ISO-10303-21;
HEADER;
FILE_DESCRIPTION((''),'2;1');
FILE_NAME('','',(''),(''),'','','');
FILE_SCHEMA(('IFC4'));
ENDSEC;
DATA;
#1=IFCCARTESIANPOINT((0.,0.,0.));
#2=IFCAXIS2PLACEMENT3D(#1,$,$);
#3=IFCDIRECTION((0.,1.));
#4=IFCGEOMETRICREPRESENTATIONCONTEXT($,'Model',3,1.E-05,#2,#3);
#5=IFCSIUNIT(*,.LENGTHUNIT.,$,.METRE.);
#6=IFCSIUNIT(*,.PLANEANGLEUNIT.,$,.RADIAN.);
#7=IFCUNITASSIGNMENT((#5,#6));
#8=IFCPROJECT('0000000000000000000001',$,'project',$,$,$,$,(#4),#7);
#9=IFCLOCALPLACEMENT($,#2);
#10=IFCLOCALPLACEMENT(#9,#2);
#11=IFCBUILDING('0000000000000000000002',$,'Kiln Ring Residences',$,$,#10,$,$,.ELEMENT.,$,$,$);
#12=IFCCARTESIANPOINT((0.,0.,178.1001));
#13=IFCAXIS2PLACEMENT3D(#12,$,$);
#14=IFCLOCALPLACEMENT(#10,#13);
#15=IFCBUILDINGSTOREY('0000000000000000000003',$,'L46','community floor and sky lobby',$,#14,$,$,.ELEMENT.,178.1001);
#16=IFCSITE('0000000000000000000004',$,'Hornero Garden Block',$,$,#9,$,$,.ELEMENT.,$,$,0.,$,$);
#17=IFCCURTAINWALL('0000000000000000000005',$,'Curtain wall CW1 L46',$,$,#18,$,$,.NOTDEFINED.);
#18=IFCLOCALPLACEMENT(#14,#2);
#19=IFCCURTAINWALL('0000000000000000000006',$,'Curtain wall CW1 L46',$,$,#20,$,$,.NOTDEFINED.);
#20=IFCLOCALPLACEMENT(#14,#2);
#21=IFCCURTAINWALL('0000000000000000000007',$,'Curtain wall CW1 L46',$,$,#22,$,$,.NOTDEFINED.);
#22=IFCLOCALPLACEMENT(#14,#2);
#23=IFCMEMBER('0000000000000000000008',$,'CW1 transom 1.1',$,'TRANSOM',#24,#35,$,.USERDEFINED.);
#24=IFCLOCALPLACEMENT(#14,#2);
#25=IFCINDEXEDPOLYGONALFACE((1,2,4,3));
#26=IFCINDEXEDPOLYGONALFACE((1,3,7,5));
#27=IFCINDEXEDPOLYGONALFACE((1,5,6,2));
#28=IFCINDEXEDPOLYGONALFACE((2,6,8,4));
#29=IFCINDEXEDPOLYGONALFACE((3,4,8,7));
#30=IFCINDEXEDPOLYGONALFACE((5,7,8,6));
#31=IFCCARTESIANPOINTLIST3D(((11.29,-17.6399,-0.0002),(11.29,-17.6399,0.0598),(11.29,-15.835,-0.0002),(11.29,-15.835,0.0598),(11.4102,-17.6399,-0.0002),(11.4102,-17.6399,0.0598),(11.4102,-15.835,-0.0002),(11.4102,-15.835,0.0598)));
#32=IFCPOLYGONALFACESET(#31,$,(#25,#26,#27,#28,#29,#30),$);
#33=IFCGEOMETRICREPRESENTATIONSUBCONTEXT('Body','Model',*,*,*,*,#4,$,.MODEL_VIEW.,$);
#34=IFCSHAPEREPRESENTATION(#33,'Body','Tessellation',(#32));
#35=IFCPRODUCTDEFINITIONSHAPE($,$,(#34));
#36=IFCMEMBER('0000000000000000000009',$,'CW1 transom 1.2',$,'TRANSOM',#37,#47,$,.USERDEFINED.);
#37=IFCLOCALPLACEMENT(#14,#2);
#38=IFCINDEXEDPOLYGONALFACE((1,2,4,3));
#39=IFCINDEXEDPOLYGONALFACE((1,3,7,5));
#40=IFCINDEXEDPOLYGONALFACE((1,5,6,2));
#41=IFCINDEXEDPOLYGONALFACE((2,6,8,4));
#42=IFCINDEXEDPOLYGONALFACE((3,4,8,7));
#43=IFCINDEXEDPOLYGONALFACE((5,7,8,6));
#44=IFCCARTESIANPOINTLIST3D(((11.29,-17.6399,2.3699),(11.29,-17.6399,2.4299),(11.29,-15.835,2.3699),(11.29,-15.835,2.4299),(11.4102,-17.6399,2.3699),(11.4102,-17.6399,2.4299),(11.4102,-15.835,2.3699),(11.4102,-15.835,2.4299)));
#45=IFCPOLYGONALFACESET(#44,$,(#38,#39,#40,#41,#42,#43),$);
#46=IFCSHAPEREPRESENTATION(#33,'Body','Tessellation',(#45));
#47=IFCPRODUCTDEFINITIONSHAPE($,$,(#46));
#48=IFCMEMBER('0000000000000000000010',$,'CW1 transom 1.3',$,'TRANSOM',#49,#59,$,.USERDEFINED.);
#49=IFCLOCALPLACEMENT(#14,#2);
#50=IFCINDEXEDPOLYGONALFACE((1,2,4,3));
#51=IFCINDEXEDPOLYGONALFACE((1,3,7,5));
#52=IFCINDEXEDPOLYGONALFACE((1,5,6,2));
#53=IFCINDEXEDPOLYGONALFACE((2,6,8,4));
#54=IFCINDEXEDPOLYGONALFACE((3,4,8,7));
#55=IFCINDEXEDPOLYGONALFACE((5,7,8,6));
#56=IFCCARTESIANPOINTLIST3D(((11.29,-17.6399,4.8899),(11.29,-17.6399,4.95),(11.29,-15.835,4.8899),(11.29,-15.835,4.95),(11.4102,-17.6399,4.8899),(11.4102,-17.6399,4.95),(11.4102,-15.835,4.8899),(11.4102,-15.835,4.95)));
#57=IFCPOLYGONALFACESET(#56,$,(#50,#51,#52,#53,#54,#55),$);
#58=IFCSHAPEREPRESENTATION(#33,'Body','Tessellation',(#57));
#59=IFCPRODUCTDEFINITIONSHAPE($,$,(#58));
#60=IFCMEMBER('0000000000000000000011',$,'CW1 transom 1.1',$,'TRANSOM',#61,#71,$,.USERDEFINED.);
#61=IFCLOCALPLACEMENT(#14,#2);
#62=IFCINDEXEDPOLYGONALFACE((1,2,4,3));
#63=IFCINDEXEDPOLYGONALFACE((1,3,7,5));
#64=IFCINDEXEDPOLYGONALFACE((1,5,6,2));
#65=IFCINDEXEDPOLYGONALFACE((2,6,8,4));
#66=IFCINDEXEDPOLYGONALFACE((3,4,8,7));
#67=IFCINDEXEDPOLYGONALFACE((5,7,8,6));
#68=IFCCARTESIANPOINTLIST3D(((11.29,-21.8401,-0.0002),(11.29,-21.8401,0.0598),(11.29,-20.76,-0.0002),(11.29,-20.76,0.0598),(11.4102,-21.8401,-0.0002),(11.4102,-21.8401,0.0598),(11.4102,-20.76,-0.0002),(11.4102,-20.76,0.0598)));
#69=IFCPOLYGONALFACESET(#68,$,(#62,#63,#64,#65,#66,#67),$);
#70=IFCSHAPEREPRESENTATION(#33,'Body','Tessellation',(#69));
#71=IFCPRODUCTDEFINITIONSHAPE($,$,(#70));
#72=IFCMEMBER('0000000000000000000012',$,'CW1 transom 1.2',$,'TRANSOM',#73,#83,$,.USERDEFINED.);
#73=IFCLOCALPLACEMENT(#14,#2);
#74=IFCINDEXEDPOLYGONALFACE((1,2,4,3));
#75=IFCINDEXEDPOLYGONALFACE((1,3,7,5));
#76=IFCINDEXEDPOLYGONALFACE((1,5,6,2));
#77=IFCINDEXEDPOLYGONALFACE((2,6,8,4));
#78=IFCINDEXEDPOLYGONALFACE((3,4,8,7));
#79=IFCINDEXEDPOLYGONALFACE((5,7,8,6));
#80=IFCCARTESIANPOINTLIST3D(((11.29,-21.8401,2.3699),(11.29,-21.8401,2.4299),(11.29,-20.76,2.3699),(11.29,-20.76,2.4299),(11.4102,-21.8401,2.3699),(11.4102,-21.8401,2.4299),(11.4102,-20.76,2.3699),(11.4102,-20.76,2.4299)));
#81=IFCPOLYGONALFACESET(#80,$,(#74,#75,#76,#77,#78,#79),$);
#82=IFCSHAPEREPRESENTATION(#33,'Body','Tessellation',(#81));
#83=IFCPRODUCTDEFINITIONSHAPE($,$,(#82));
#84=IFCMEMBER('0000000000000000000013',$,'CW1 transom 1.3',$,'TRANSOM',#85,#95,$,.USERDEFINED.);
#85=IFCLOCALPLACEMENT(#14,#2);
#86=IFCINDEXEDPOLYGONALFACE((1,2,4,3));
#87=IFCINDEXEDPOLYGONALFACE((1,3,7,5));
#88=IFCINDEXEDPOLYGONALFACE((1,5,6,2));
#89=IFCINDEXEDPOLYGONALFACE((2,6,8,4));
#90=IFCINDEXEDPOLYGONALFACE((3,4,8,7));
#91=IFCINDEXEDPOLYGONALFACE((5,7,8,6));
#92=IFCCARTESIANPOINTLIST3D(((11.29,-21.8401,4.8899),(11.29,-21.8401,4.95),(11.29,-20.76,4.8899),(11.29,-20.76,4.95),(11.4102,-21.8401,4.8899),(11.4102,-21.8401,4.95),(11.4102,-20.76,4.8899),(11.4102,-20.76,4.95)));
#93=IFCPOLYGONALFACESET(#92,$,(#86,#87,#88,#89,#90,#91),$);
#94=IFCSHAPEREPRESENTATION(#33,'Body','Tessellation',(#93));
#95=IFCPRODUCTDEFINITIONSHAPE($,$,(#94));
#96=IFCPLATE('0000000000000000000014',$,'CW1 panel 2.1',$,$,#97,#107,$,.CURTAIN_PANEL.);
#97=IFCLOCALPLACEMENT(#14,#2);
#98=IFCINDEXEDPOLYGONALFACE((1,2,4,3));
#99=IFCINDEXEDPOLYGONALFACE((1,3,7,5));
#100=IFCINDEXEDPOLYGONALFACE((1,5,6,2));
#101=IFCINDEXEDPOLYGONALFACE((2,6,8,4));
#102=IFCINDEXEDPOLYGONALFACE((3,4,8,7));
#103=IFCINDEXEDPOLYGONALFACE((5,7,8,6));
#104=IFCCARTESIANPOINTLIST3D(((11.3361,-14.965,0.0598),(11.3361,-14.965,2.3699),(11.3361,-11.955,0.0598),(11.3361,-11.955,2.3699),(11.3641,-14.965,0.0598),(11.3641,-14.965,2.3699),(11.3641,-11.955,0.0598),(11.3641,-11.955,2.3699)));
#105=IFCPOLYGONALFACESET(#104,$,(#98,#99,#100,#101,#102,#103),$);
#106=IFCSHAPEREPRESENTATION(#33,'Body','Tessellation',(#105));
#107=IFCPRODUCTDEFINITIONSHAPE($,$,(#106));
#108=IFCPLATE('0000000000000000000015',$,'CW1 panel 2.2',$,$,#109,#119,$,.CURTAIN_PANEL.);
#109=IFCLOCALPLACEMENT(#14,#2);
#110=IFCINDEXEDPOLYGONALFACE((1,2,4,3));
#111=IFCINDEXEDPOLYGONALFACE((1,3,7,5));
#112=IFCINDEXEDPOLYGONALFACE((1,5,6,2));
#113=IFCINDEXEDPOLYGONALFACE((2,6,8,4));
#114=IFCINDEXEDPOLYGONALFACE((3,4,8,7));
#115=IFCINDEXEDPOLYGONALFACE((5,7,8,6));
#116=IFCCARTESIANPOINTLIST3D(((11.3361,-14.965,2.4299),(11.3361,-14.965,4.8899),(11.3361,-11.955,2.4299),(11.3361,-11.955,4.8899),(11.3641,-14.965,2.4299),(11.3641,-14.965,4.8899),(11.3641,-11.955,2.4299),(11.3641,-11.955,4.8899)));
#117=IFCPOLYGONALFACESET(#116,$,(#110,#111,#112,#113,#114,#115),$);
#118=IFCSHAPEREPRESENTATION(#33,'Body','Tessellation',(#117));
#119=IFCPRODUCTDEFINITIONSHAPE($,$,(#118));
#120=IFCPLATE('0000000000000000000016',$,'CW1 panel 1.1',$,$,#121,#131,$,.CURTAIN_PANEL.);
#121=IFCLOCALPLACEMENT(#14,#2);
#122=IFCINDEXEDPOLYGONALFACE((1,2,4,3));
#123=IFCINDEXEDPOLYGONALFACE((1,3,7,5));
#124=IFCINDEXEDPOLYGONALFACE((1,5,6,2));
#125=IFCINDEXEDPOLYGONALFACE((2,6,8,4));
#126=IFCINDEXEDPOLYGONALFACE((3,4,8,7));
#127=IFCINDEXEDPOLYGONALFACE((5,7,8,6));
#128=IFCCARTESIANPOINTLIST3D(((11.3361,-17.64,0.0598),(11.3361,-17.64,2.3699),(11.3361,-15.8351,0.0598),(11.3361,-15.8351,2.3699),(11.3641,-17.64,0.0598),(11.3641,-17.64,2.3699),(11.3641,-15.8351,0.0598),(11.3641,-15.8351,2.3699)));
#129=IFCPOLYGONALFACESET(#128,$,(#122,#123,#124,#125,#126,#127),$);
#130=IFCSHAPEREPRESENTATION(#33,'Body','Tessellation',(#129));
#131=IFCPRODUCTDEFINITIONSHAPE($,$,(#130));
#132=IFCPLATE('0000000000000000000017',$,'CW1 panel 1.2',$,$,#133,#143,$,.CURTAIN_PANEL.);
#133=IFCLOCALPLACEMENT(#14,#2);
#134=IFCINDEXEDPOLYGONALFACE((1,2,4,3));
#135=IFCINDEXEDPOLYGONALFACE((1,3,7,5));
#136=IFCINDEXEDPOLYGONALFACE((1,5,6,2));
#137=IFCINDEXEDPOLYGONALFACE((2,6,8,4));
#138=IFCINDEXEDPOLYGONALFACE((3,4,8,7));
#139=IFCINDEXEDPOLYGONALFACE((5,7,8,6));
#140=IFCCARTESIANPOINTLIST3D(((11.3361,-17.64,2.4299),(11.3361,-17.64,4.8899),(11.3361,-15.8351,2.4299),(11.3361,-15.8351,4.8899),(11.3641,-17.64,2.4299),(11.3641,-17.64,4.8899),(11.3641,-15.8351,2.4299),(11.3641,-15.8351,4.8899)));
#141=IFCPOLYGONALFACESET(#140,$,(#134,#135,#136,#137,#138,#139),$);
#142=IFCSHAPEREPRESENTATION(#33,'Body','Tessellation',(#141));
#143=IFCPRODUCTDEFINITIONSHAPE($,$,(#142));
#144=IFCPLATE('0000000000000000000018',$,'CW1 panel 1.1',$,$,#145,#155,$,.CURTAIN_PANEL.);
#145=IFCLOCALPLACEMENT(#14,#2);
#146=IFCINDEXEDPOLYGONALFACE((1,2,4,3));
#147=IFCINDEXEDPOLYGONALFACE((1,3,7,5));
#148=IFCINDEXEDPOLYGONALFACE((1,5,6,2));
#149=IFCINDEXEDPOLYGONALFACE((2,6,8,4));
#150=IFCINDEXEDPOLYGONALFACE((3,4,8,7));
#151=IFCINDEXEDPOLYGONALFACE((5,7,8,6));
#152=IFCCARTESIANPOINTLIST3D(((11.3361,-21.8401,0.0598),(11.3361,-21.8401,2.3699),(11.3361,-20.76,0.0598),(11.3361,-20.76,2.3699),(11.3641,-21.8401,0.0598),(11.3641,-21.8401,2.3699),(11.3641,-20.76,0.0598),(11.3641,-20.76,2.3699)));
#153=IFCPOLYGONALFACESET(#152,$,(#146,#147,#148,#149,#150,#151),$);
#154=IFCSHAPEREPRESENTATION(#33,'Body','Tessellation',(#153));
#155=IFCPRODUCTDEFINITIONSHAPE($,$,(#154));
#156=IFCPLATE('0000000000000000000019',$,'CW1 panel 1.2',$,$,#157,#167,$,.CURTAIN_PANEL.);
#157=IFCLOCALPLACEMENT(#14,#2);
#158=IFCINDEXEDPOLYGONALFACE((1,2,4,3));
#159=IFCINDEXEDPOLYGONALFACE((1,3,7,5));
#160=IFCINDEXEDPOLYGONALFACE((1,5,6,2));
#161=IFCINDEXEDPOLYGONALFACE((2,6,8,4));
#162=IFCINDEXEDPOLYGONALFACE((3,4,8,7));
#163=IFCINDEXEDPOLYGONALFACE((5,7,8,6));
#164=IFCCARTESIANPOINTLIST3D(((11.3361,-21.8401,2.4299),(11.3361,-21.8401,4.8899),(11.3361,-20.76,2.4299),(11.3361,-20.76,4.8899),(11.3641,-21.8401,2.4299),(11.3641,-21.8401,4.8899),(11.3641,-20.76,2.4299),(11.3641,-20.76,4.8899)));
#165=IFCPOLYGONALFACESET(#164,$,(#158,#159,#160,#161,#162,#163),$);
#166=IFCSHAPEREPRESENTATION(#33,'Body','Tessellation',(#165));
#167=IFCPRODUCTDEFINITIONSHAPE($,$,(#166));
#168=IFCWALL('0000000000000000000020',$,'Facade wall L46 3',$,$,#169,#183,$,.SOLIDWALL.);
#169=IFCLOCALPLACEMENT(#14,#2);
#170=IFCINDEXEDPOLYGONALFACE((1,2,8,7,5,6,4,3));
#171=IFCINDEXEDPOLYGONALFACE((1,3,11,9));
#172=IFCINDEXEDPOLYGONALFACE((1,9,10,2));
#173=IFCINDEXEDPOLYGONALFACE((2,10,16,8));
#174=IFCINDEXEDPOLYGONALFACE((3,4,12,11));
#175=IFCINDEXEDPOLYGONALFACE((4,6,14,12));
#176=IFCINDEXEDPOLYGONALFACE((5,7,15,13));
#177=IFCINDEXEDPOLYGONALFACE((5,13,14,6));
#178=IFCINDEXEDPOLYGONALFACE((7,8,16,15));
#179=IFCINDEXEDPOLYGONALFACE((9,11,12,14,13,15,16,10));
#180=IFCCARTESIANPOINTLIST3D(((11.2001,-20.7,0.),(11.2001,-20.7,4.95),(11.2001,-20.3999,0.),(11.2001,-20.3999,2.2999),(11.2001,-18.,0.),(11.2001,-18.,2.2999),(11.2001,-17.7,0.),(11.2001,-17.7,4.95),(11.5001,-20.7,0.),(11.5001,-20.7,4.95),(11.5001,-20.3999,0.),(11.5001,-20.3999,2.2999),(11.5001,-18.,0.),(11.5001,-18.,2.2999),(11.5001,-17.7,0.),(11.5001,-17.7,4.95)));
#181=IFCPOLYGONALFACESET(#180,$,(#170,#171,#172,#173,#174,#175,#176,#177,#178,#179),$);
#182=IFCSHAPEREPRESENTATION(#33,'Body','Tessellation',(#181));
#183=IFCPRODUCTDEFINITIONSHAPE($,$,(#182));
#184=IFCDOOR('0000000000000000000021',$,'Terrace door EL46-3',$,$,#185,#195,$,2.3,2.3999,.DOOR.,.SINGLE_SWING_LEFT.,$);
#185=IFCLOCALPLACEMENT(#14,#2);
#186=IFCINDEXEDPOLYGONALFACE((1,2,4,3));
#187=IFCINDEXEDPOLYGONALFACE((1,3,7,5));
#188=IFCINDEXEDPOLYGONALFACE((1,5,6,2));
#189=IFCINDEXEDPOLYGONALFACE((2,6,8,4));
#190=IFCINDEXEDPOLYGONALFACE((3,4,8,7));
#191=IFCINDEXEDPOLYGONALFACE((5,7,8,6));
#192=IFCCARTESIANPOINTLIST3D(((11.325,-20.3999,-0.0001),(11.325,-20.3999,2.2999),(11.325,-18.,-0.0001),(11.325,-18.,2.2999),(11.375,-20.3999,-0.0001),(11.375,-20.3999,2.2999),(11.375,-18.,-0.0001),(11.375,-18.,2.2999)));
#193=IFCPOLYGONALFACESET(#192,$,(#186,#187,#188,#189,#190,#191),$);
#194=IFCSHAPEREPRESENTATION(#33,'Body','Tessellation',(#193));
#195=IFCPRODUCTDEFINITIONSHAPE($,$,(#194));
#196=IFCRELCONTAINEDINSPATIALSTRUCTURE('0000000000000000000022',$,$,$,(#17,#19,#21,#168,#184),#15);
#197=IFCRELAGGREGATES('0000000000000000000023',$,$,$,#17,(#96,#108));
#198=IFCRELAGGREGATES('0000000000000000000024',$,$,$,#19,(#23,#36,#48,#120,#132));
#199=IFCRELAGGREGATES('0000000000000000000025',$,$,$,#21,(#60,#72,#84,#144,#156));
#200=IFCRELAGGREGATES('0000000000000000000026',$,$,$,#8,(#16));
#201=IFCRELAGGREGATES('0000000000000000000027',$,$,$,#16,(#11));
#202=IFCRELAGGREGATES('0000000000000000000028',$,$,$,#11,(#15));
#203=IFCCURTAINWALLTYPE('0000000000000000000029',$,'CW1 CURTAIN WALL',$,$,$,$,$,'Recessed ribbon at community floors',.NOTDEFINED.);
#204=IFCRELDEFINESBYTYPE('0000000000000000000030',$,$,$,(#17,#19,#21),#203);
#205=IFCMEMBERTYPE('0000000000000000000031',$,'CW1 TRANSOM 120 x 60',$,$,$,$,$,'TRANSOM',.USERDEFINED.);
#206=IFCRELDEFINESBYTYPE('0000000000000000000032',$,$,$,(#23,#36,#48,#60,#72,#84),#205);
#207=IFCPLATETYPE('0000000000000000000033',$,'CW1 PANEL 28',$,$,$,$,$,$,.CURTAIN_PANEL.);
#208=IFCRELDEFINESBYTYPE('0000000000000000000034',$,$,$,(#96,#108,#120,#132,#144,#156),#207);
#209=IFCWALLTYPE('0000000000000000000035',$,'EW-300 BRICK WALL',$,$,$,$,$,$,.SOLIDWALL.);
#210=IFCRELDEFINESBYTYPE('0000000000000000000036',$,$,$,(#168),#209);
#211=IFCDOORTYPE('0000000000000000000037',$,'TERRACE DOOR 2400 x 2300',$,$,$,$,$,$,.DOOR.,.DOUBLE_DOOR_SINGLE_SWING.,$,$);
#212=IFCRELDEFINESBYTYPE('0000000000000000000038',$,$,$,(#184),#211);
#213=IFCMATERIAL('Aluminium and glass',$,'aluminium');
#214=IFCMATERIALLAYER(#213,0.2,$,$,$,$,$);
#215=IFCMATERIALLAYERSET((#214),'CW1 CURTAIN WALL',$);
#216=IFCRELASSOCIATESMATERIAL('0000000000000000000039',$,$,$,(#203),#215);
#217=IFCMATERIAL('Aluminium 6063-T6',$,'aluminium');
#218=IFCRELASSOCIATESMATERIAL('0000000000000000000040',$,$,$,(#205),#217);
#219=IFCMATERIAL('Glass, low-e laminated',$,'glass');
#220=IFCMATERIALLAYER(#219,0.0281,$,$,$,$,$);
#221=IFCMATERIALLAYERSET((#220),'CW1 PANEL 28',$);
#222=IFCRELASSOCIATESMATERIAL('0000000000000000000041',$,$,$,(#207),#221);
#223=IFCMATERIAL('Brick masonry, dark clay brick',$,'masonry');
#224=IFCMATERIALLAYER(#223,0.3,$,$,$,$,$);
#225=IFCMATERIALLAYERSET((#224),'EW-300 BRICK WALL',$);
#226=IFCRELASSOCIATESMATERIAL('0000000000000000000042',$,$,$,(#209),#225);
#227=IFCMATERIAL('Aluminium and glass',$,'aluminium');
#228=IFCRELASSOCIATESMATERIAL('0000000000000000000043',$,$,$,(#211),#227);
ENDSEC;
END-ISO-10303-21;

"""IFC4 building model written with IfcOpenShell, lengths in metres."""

from ifc_helpers import new_model, si_unit, direction, frame, frame_2d, origin, origin_2d, place, context, subcontext, project, spatial, rectangle, extrude, material, layer, layer_set, material_profile, profile_set, type_object, element, fill, aggregate, save


model = new_model("IFC4")

# Units and contexts
model_context = context("Model", 3, precision=1e-05, world=origin(), true_north=direction((0.0, 1.0)))
body_context = subcontext(model_context, "Body", "Model", "MODEL_VIEW")
ifc_project = project(units=[si_unit("LENGTHUNIT", "METRE"), si_unit("PLANEANGLEUNIT", "RADIAN")], contexts=[model_context])

# Site, building, storey
site_placement = place(None, origin())
site = spatial("IfcSite", under=ifc_project, at=site_placement, Name="Hornero Garden Block", CompositionType="ELEMENT", RefElevation=0.0)
building_placement = place(site_placement, origin())
building = spatial("IfcBuilding", under=site, at=building_placement, Name="Kiln Ring Residences", CompositionType="ELEMENT")
storey_placement = place(building_placement, frame((0.0, 0.0, 178.1001)))
storey = spatial("IfcBuildingStorey", under=building, at=storey_placement, Name="L46", Description="community floor and sky lobby", CompositionType="ELEMENT", Elevation=178.1001)

# Curtain wall
ifc_material_1 = material(Name="Aluminium and glass", Category="aluminium")
ifc_layer_1 = layer(ifc_material_1, 0.2)
ifc_layer_set_1 = layer_set([ifc_layer_1], Name="CW1 CURTAIN WALL")
curtain_wall_type = type_object("IfcCurtainWallType", Name="CW1 CURTAIN WALL", ElementType="Recessed ribbon at community floors", PredefinedType="NOTDEFINED", material=ifc_layer_set_1)
placement = place(storey_placement, origin())
curtain_wall_1 = element("IfcCurtainWall", 1, at=placement, inside=storey, type_object=curtain_wall_type, Name="Curtain wall CW1 L46", PredefinedType="NOTDEFINED")

# Curtain walls
curtain_wall_2 = element("IfcCurtainWall", 2, at=placement, inside=storey, type_object=curtain_wall_type, Name="Curtain wall CW1 L46", PredefinedType="NOTDEFINED")
curtain_wall_3 = element("IfcCurtainWall", 3, at=placement, inside=storey, type_object=curtain_wall_type, Name="Curtain wall CW1 L46", PredefinedType="NOTDEFINED")

# Members
ifc_material_2 = material(Name="Aluminium 6063-T6", Category="aluminium")
ifc_material_profile_1 = material_profile(ifc_material_2, rectangle(XDim=0.1201, YDim=0.0601, at=origin_2d()), Name="AL 120x60")
ifc_profile_set_1 = profile_set([ifc_material_profile_1], Name="Aluminium 6063-T6")
member_type_1 = type_object("IfcMemberType", Name="CW1 TRANSOM 120 x 60", ElementType="TRANSOM", PredefinedType="USERDEFINED", material=ifc_profile_set_1)
member_1_placement = place(storey_placement, frame((11.3501, -15.835, 0.0298), z_axis=(0.0, -1.0, 0.0), x_axis=(1.0, 0.0, 0.0)))
member_1 = element("IfcMember", 4, at=member_1_placement, type_object=member_type_1, Name="CW1 transom 1.1", ObjectType="TRANSOM", PredefinedType="USERDEFINED", context=body_context, shape_type="SweptSolid", body=[
    extrude(rectangle(XDim=0.1201, YDim=0.0601, at=origin_2d()), origin(), (0.0, 0.0, 1.0), 1.8049),
])
member_2_placement = place(storey_placement, frame((11.3501, -15.835, 2.3999), z_axis=(0.0, -1.0, 0.0), x_axis=(1.0, 0.0, 0.0)))
member_2 = element("IfcMember", 5, at=member_2_placement, type_object=member_type_1, Name="CW1 transom 1.2", ObjectType="TRANSOM", PredefinedType="USERDEFINED", context=body_context, shape_type="SweptSolid", body=[
    extrude(rectangle(XDim=0.1201, YDim=0.0601, at=origin_2d()), origin(), (0.0, 0.0, 1.0), 1.8049),
])
member_3_placement = place(storey_placement, frame((11.3501, -15.835, 4.9199), z_axis=(0.0, -1.0, 0.0), x_axis=(1.0, 0.0, 0.0)))
member_3 = element("IfcMember", 6, at=member_3_placement, type_object=member_type_1, Name="CW1 transom 1.3", ObjectType="TRANSOM", PredefinedType="USERDEFINED", context=body_context, shape_type="SweptSolid", body=[
    extrude(rectangle(XDim=0.1201, YDim=0.0601, at=origin_2d()), origin(), (0.0, 0.0, 1.0), 1.8049),
])
member_4_placement = place(storey_placement, frame((11.3501, -20.76, 0.0298), z_axis=(0.0, -1.0, 0.0), x_axis=(1.0, 0.0, 0.0)))
member_4 = element("IfcMember", 7, at=member_4_placement, type_object=member_type_1, Name="CW1 transom 1.1", ObjectType="TRANSOM", PredefinedType="USERDEFINED", context=body_context, shape_type="SweptSolid", body=[
    extrude(rectangle(XDim=0.1201, YDim=0.0601, at=origin_2d()), origin(), (0.0, 0.0, 1.0), 1.0801),
])
member_5_placement = place(storey_placement, frame((11.3501, -20.76, 2.3999), z_axis=(0.0, -1.0, 0.0), x_axis=(1.0, 0.0, 0.0)))
member_5 = element("IfcMember", 8, at=member_5_placement, type_object=member_type_1, Name="CW1 transom 1.2", ObjectType="TRANSOM", PredefinedType="USERDEFINED", context=body_context, shape_type="SweptSolid", body=[
    extrude(rectangle(XDim=0.1201, YDim=0.0601, at=origin_2d()), origin(), (0.0, 0.0, 1.0), 1.0801),
])
member_6_placement = place(storey_placement, frame((11.3501, -20.76, 4.9199), z_axis=(0.0, -1.0, 0.0), x_axis=(1.0, 0.0, 0.0)))
member_6 = element("IfcMember", 9, at=member_6_placement, type_object=member_type_1, Name="CW1 transom 1.3", ObjectType="TRANSOM", PredefinedType="USERDEFINED", context=body_context, shape_type="SweptSolid", body=[
    extrude(rectangle(XDim=0.1201, YDim=0.0601, at=origin_2d()), origin(), (0.0, 0.0, 1.0), 1.0801),
])

# Plates
ifc_material_3 = material(Name="Glass, low-e laminated", Category="glass")
ifc_layer_2 = layer(ifc_material_3, 0.0281)
ifc_layer_set_2 = layer_set([ifc_layer_2], Name="CW1 PANEL 28")
plate_type = type_object("IfcPlateType", Name="CW1 PANEL 28", PredefinedType="CURTAIN_PANEL", material=ifc_layer_set_2)
plate_1_placement = place(storey_placement, frame((11.3501, -13.46, 0.0598), z_axis=(0.0, 0.0, 1.0), x_axis=(0.0, -1.0, 0.0)))
plate_1 = element("IfcPlate", 10, at=plate_1_placement, type_object=plate_type, Name="CW1 panel 2.1", PredefinedType="CURTAIN_PANEL", context=body_context, shape_type="SweptSolid", body=[
    extrude(rectangle(XDim=3.01, YDim=0.0281, at=origin_2d()), origin(), (0.0, 0.0, 1.0), 2.3101),
])
plate_2_placement = place(storey_placement, frame((11.3501, -13.46, 2.4299), z_axis=(0.0, 0.0, 1.0), x_axis=(0.0, -1.0, 0.0)))
plate_2 = element("IfcPlate", 11, at=plate_2_placement, type_object=plate_type, Name="CW1 panel 2.2", PredefinedType="CURTAIN_PANEL", context=body_context, shape_type="SweptSolid", body=[
    extrude(rectangle(XDim=3.01, YDim=0.0281, at=origin_2d()), origin(), (0.0, 0.0, 1.0), 2.46),
])
aggregate(curtain_wall_1, [plate_1, plate_2])
plate_3_placement = place(storey_placement, frame((11.3501, -16.7375, 0.0598), z_axis=(0.0, 0.0, 1.0), x_axis=(0.0, -1.0, 0.0)))
plate_3 = element("IfcPlate", 12, at=plate_3_placement, type_object=plate_type, Name="CW1 panel 1.1", PredefinedType="CURTAIN_PANEL", context=body_context, shape_type="SweptSolid", body=[
    extrude(rectangle(XDim=1.8049, YDim=0.0281, at=origin_2d()), origin(), (0.0, 0.0, 1.0), 2.3101),
])
plate_4_placement = place(storey_placement, frame((11.3501, -16.7375, 2.4299), z_axis=(0.0, 0.0, 1.0), x_axis=(0.0, -1.0, 0.0)))
plate_4 = element("IfcPlate", 13, at=plate_4_placement, type_object=plate_type, Name="CW1 panel 1.2", PredefinedType="CURTAIN_PANEL", context=body_context, shape_type="SweptSolid", body=[
    extrude(rectangle(XDim=1.8049, YDim=0.0281, at=origin_2d()), origin(), (0.0, 0.0, 1.0), 2.46),
])
aggregate(curtain_wall_2, [member_1, member_2, member_3, plate_3, plate_4])
plate_5_placement = place(storey_placement, frame((11.3501, -21.3, 0.0598), z_axis=(0.0, 0.0, 1.0), x_axis=(0.0, -1.0, 0.0)))
plate_5 = element("IfcPlate", 14, at=plate_5_placement, type_object=plate_type, Name="CW1 panel 1.1", PredefinedType="CURTAIN_PANEL", context=body_context, shape_type="SweptSolid", body=[
    extrude(rectangle(XDim=1.0801, YDim=0.0281, at=origin_2d()), origin(), (0.0, 0.0, 1.0), 2.3101),
])
plate_6_placement = place(storey_placement, frame((11.3501, -21.3, 2.4299), z_axis=(0.0, 0.0, 1.0), x_axis=(0.0, -1.0, 0.0)))
plate_6 = element("IfcPlate", 15, at=plate_6_placement, type_object=plate_type, Name="CW1 panel 1.2", PredefinedType="CURTAIN_PANEL", context=body_context, shape_type="SweptSolid", body=[
    extrude(rectangle(XDim=1.0801, YDim=0.0281, at=origin_2d()), origin(), (0.0, 0.0, 1.0), 2.46),
])
aggregate(curtain_wall_3, [member_4, member_5, member_6, plate_5, plate_6])

# Wall, opening, door
ifc_material_4 = material(Name="Brick masonry, dark clay brick", Category="masonry")
ifc_layer_3 = layer(ifc_material_4, 0.3)
ifc_layer_set_3 = layer_set([ifc_layer_3], Name="EW-300 BRICK WALL")
wall_type_1 = type_object("IfcWallType", Name="EW-300 BRICK WALL", PredefinedType="SOLIDWALL", material=ifc_layer_set_3)
wall_1_placement = place(storey_placement, frame((11.3501, -17.7, 0.0), z_axis=(0.0, 0.0, 1.0), x_axis=(0.0, -1.0, 0.0)))
wall_1 = element("IfcWall", 16, at=wall_1_placement, inside=storey, type_object=wall_type_1, Name="Facade wall L46 3", PredefinedType="SOLIDWALL", context=body_context, shape_type="SweptSolid", body=[
    extrude(rectangle(XDim=3.0, YDim=0.3, at=frame_2d((1.5, 0.0))), origin(), (0.0, 0.0, 1.0), 4.95),
])
opening_1_placement = place(wall_1_placement, frame((0.3, 0.0, 0.0)))
opening_1 = element("IfcOpeningElement", 17, at=opening_1_placement, cuts=wall_1, PredefinedType="OPENING", context=body_context, shape_type="SweptSolid", body=[
    extrude(rectangle(XDim=2.3999, YDim=2.3, at=frame_2d((1.2, 1.1499))), frame((0.0, 0.1599, 0.0), z_axis=(0.0, -1.0, 0.0), x_axis=(1.0, 0.0, 0.0)), (0.0, 0.0, 1.0), 0.3201),
])
ifc_material_5 = material(Name="Aluminium and glass", Category="aluminium")
door_type_1 = type_object("IfcDoorType", Name="TERRACE DOOR 2400 x 2300", OperationType="DOUBLE_DOOR_SINGLE_SWING", PredefinedType="DOOR", material=ifc_material_5)
door_1_placement = place(opening_1_placement, origin())
door_1 = element("IfcDoor", 18, at=door_1_placement, inside=storey, type_object=door_type_1, Name="Terrace door EL46-3", OperationType="SINGLE_SWING_LEFT", OverallHeight=2.3, OverallWidth=2.3999, PredefinedType="DOOR", context=body_context, shape_type="SweptSolid", body=[
    extrude(rectangle(XDim=2.3999, YDim=2.3, at=frame_2d((1.2, 1.1499))), frame((0.0, 0.0249, 0.0), z_axis=(0.0, -1.0, 0.0), x_axis=(1.0, 0.0, 0.0)), (0.0, 0.0, 1.0), 0.05),
])
fill(opening_1, door_1)

save(model, "model.ifc")
